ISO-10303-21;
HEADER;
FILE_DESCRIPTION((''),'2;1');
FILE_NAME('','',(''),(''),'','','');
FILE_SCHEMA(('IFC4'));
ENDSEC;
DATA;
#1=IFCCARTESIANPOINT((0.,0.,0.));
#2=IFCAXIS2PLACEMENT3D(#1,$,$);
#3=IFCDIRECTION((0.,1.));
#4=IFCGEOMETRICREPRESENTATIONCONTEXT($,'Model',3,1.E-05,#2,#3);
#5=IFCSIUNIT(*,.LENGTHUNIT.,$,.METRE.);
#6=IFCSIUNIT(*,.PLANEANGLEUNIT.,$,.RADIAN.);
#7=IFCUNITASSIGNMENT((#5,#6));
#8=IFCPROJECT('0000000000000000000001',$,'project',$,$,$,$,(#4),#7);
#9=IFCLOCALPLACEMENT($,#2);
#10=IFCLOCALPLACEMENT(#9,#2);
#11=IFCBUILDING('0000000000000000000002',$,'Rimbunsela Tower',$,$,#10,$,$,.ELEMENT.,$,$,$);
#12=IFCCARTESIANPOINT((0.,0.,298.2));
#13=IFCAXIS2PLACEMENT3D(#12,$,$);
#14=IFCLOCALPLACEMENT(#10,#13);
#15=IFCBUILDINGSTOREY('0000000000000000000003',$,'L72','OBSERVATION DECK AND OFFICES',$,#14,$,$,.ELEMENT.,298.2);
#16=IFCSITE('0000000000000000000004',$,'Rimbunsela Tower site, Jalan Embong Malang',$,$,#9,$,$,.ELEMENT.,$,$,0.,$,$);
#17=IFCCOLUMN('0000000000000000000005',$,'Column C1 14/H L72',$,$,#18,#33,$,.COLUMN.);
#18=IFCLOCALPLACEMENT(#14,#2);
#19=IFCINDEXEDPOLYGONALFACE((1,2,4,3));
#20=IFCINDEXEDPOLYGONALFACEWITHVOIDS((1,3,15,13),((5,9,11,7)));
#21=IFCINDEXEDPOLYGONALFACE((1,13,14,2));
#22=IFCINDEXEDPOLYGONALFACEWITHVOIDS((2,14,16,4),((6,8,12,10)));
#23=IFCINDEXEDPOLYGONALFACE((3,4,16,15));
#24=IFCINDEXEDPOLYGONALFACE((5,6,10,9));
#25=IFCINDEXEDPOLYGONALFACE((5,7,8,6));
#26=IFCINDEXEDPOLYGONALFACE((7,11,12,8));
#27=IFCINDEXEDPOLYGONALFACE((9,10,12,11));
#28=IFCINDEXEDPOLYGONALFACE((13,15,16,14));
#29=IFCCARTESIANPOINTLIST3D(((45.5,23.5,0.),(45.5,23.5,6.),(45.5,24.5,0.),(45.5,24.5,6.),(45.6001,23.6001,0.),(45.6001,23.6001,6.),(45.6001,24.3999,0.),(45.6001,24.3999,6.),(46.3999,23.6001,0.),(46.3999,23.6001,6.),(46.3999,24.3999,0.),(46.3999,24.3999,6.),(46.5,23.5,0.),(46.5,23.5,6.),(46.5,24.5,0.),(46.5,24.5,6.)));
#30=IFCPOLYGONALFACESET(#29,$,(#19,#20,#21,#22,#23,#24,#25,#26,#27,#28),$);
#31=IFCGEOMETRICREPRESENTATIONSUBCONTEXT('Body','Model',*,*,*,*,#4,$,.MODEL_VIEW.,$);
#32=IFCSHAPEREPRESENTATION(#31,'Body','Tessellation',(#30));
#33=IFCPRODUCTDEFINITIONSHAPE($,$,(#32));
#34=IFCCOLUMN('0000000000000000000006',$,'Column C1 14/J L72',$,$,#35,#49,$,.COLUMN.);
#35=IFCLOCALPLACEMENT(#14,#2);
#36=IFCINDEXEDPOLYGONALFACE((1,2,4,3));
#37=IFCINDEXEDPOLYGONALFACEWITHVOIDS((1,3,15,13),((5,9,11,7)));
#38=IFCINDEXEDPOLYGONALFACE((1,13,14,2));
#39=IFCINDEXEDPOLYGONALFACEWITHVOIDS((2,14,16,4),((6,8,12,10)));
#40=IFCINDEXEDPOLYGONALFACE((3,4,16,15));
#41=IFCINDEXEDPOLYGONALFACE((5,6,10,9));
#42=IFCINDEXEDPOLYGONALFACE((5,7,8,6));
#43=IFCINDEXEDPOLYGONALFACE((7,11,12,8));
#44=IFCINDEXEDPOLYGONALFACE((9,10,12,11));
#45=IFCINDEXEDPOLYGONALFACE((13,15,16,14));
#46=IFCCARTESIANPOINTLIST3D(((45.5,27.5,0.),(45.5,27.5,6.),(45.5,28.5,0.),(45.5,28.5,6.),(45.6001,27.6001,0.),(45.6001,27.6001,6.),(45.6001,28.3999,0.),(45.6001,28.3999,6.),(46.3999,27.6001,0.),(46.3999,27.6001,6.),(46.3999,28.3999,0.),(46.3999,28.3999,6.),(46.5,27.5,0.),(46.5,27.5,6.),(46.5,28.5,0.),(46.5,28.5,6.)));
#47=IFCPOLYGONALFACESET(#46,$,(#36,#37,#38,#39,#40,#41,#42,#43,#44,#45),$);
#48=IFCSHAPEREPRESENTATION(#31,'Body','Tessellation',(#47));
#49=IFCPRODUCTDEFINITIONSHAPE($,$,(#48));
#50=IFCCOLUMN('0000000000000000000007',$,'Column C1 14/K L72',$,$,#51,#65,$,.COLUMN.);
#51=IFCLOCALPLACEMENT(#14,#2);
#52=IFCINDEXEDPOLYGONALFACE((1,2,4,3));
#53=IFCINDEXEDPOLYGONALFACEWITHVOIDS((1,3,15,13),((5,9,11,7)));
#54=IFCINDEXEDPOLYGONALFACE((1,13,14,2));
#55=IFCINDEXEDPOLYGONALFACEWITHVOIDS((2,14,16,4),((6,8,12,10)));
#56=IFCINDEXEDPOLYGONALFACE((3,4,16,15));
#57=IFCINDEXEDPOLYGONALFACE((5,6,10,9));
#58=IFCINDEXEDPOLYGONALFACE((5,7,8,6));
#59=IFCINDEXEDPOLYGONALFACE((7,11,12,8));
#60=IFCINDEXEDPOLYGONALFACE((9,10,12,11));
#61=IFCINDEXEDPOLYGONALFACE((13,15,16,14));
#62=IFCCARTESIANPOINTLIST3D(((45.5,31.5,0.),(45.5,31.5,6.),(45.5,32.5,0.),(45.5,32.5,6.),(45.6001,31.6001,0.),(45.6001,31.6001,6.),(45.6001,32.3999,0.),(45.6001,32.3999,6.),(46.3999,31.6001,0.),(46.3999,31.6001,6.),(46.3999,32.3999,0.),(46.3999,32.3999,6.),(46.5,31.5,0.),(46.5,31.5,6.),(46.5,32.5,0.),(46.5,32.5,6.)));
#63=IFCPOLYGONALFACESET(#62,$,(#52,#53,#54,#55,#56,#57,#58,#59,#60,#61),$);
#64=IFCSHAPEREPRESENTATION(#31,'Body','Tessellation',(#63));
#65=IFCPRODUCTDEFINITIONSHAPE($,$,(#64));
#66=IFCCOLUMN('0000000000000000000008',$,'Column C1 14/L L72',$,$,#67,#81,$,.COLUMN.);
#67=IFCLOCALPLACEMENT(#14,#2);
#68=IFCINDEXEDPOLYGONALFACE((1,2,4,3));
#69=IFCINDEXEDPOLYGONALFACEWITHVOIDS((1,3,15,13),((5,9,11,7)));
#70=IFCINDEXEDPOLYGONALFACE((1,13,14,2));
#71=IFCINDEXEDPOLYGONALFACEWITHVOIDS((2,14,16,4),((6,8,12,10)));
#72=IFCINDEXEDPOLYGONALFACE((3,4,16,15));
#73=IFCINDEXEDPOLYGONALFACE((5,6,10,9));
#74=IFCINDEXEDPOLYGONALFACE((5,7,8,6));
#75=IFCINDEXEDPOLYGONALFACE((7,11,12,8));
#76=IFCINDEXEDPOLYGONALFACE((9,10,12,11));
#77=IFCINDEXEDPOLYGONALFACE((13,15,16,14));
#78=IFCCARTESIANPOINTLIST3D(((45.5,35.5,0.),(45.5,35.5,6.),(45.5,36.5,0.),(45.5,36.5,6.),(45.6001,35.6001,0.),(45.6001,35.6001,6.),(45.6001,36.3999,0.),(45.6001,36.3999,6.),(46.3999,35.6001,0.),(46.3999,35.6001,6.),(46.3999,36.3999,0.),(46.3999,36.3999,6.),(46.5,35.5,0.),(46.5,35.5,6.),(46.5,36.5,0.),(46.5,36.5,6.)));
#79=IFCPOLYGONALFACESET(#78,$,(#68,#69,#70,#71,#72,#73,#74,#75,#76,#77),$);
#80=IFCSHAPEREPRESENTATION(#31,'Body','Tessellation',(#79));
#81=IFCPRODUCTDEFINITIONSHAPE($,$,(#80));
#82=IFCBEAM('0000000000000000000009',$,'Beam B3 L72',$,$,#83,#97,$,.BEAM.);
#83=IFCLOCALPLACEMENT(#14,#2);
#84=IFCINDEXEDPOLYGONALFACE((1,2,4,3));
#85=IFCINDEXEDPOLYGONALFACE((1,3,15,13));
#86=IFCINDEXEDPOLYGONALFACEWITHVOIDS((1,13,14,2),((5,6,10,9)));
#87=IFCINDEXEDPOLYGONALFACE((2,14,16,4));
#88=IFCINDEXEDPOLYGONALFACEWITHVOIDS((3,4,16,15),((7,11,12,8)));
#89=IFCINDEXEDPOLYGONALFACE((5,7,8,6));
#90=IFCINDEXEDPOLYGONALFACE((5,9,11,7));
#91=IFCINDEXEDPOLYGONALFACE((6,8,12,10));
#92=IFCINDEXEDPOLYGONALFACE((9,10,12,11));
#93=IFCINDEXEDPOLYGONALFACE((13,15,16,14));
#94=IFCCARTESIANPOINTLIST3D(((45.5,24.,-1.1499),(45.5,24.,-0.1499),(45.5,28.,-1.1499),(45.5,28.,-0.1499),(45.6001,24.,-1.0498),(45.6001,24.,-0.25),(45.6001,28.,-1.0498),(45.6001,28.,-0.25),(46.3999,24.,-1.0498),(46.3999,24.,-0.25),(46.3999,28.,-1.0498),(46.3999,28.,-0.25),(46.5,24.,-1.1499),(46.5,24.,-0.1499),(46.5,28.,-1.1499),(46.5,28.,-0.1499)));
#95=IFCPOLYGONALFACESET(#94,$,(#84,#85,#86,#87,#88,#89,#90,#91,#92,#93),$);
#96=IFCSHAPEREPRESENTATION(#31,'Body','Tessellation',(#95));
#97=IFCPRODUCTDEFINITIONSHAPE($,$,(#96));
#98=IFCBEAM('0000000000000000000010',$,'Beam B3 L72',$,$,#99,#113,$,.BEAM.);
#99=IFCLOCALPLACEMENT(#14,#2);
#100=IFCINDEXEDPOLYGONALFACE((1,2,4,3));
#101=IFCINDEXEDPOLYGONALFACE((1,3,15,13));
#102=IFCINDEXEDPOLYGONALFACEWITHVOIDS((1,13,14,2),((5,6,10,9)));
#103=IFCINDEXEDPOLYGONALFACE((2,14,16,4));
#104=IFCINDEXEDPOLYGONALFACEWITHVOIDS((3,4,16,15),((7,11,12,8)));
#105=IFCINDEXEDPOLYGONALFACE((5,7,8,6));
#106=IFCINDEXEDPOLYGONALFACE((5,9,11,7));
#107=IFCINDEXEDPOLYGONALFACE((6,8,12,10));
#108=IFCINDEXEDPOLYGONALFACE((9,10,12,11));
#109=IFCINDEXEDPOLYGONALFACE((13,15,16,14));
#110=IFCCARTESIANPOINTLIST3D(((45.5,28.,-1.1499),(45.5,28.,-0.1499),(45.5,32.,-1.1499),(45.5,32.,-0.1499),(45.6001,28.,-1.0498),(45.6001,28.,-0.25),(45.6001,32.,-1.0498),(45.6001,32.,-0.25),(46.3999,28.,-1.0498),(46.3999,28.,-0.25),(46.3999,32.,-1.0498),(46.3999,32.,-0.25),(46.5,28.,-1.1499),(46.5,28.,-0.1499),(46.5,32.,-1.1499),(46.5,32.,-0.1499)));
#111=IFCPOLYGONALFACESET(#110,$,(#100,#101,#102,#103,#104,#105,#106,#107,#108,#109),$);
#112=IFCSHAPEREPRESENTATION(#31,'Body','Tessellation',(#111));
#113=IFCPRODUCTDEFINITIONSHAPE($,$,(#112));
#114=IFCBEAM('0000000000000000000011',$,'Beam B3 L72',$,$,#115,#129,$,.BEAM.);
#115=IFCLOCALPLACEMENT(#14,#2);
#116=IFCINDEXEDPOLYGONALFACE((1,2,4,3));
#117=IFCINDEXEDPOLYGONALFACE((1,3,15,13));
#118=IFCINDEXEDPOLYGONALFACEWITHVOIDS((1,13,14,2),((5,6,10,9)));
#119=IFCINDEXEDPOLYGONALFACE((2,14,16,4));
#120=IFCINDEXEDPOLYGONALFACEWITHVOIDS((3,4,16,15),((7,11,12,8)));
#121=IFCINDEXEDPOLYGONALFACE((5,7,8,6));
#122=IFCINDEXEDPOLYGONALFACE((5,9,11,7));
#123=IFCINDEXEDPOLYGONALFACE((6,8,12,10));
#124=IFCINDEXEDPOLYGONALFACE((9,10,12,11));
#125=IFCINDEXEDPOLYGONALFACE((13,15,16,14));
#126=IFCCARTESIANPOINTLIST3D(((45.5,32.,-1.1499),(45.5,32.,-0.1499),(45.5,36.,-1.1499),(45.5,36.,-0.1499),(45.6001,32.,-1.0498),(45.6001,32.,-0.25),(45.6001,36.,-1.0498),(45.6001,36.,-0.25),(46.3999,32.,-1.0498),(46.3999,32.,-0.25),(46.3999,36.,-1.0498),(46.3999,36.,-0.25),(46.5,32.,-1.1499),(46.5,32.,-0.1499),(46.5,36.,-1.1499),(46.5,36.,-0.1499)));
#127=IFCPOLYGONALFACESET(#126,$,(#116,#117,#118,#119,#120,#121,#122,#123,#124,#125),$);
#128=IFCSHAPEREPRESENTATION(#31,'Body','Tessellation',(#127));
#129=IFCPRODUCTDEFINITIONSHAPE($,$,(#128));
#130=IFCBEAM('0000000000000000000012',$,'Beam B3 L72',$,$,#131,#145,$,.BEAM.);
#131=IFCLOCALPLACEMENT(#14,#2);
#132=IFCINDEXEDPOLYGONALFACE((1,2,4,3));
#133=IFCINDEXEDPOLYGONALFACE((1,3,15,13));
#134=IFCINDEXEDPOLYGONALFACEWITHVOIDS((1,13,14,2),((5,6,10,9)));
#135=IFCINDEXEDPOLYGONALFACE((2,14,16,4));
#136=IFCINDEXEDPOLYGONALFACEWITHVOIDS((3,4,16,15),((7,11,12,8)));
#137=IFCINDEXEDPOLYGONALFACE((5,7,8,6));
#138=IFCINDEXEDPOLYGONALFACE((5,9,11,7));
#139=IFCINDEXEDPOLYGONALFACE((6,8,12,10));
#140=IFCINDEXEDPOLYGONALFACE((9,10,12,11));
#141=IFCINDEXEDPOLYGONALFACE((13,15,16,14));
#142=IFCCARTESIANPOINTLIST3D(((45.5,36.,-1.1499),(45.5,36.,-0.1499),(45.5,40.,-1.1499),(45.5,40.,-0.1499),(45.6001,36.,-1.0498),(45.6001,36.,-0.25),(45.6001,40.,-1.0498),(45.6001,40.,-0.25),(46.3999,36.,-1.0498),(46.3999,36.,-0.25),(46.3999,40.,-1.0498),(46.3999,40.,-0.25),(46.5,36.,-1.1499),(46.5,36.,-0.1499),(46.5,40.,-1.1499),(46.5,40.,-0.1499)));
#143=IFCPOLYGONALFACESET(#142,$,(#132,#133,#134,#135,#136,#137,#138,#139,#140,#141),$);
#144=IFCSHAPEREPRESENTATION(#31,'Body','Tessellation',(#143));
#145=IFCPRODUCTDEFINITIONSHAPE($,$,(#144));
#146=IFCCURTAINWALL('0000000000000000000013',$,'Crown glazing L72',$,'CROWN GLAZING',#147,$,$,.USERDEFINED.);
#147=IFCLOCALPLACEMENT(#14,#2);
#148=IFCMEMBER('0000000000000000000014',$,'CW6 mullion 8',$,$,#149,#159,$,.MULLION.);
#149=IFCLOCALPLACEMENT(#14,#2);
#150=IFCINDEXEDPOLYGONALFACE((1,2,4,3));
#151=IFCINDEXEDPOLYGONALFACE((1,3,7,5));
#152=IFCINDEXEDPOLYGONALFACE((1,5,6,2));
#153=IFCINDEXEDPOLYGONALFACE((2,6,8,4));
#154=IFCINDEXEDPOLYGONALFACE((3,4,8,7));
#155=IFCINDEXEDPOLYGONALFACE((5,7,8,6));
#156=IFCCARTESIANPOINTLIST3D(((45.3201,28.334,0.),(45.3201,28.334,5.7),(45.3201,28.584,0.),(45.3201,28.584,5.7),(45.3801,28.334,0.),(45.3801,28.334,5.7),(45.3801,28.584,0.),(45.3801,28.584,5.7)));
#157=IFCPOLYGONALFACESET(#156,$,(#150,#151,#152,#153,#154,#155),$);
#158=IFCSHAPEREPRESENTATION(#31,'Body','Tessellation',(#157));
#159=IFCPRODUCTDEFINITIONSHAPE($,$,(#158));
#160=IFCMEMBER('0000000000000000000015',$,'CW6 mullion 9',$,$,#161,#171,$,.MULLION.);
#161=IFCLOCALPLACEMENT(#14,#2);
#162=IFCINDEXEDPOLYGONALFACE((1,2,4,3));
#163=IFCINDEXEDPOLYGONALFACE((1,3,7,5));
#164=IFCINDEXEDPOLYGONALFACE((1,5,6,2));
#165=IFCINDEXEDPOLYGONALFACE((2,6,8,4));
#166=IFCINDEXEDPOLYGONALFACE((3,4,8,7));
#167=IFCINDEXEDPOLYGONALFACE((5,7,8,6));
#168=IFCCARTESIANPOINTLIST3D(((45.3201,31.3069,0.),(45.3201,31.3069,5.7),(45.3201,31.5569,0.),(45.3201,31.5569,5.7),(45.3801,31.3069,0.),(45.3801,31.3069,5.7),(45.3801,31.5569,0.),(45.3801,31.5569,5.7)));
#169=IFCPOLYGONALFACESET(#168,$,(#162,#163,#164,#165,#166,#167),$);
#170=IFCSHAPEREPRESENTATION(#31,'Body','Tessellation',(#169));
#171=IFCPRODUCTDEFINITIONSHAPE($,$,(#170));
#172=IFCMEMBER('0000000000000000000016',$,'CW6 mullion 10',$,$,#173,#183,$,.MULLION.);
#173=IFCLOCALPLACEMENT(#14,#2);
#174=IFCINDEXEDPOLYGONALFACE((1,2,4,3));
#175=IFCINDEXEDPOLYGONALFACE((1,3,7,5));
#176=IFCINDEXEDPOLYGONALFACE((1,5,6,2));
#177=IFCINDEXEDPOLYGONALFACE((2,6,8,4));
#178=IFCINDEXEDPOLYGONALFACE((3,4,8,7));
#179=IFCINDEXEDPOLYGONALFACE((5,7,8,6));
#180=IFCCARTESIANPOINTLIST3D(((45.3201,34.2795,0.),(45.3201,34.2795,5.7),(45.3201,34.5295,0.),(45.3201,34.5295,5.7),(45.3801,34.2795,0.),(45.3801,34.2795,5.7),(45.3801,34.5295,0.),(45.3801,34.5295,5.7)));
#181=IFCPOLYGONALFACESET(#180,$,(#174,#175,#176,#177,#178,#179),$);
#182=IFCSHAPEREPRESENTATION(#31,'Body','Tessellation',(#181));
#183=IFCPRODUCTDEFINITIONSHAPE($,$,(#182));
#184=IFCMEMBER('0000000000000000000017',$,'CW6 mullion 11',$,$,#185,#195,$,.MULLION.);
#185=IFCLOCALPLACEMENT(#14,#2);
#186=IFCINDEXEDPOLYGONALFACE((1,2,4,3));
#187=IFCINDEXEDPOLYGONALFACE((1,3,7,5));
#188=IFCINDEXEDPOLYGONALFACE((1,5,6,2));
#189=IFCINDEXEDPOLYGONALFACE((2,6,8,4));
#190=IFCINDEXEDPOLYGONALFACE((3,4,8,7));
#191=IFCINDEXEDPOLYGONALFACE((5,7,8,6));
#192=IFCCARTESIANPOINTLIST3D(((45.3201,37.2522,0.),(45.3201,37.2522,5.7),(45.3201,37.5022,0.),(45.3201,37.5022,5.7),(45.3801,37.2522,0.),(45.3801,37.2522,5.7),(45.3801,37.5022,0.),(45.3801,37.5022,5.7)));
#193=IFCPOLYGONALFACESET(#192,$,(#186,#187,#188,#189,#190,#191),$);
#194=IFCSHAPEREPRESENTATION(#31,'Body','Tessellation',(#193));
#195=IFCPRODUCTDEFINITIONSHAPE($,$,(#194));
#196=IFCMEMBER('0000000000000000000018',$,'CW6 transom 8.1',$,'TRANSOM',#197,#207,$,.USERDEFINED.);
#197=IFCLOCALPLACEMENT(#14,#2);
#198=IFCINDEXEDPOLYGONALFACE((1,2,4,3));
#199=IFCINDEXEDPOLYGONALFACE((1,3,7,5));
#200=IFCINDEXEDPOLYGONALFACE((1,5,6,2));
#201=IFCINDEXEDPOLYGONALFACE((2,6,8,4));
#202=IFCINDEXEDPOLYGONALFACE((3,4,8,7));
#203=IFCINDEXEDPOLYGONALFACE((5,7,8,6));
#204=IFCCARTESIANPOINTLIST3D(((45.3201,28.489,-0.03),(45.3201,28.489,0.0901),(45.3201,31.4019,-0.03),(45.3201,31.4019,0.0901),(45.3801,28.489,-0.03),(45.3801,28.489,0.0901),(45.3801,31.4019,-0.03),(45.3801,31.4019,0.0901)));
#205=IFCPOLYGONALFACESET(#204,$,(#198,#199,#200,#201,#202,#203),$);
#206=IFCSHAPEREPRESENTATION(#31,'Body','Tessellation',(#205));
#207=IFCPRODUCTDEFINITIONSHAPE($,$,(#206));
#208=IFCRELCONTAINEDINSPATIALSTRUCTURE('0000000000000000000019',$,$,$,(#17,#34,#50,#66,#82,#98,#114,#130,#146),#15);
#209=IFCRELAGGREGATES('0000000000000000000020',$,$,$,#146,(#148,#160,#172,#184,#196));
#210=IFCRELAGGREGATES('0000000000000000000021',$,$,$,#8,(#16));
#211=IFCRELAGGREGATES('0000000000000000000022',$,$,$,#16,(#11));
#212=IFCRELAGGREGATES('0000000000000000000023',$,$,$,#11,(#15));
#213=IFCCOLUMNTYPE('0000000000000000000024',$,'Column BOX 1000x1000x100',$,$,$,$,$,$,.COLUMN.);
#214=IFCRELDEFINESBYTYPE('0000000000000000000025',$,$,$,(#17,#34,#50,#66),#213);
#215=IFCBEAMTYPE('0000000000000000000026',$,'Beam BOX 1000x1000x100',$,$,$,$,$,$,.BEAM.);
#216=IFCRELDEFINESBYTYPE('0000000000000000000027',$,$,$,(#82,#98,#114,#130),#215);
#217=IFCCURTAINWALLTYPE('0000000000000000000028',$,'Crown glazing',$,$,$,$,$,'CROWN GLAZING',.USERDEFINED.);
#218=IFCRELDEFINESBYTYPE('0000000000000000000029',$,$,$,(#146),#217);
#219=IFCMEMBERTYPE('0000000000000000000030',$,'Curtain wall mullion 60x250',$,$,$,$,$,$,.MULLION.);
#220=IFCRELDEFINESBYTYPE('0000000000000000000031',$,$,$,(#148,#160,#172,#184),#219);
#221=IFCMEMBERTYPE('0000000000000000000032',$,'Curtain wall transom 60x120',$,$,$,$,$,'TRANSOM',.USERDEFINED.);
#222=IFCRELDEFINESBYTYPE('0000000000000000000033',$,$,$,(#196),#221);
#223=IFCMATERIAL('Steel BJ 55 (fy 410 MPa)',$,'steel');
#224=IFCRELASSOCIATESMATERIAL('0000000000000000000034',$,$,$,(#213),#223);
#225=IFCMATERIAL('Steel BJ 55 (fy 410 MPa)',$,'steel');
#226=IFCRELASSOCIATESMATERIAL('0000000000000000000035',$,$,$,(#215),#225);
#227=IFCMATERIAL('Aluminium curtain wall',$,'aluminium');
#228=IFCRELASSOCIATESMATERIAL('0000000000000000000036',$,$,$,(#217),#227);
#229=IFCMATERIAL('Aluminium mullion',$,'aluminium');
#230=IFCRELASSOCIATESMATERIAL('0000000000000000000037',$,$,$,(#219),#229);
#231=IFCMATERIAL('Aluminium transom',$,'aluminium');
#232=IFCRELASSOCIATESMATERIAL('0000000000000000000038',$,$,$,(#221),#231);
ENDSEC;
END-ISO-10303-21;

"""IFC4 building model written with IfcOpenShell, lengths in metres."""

from ifc_helpers import new_model, si_unit, direction, frame, origin, origin_2d, place, context, subcontext, project, spatial, rectangle, hollow_rectangle, extrude, material, material_profile, profile_set, type_object, element, aggregate, save


model = new_model("IFC4")

# Units and contexts
model_context = context("Model", 3, precision=1e-05, world=origin(), true_north=direction((0.0, 1.0)))
body_context = subcontext(model_context, "Body", "Model", "MODEL_VIEW")
ifc_project = project(units=[si_unit("LENGTHUNIT", "METRE"), si_unit("PLANEANGLEUNIT", "RADIAN")], contexts=[model_context])

# Site, building, storey
site_placement = place(None, origin())
site = spatial("IfcSite", under=ifc_project, at=site_placement, Name="Rimbunsela Tower site, Jalan Embong Malang", CompositionType="ELEMENT", RefElevation=0.0)
building_placement = place(site_placement, origin())
building = spatial("IfcBuilding", under=site, at=building_placement, Name="Rimbunsela Tower", CompositionType="ELEMENT")
storey_placement = place(building_placement, frame((0.0, 0.0, 298.2)))
storey = spatial("IfcBuildingStorey", under=building, at=storey_placement, Name="L72", Description="OBSERVATION DECK AND OFFICES", CompositionType="ELEMENT", Elevation=298.2)

# Columns
ifc_material_1 = material(Name="Steel BJ 55 (fy 410 MPa)", Category="steel")
ifc_material_profile_1 = material_profile(ifc_material_1, hollow_rectangle(XDim=1.0, YDim=1.0, WallThickness=0.1001, at=origin_2d()), Name="BOX 1000x1000x100")
ifc_profile_set_1 = profile_set([ifc_material_profile_1], Name="Steel BJ 55 (fy 410 MPa)")
column_type = type_object("IfcColumnType", Name="Column BOX 1000x1000x100", PredefinedType="COLUMN", material=ifc_profile_set_1)
for number, where, z_axis, x_axis, name in (
    (1, (46.0, 24.0, 0.0), (0.0, 0.0, 1.0), (1.0, 0.0, 0.0), "Column C1 14/H L72"),
    (2, (46.0, 28.0, 0.0), (0.0, 0.0, 1.0), (1.0, 0.0, 0.0), "Column C1 14/J L72"),
    (3, (46.0, 32.0, 0.0), (0.0, 0.0, 1.0), (1.0, 0.0, 0.0), "Column C1 14/K L72"),
    (4, (46.0, 36.0, 0.0), (0.0, 0.0, 1.0), (1.0, 0.0, 0.0), "Column C1 14/L L72"),
):
    element("IfcColumn", number, at=place(storey_placement, frame(where, z_axis=z_axis, x_axis=x_axis)), inside=storey, type_object=column_type, Name=name, PredefinedType="COLUMN", context=body_context, shape_type="SweptSolid", body=[
        extrude(hollow_rectangle(XDim=1.0, YDim=1.0, WallThickness=0.1001, at=origin_2d()), origin(), (0.0, 0.0, 1.0), 6.0),
    ])

# Beams
ifc_material_2 = material(Name="Steel BJ 55 (fy 410 MPa)", Category="steel")
ifc_material_profile_2 = material_profile(ifc_material_2, hollow_rectangle(XDim=1.0, YDim=1.0, WallThickness=0.1001, at=origin_2d()), Name="BOX 1000x1000x100")
ifc_profile_set_2 = profile_set([ifc_material_profile_2], Name="Steel BJ 55 (fy 410 MPa)")
beam_type = type_object("IfcBeamType", Name="Beam BOX 1000x1000x100", PredefinedType="BEAM", material=ifc_profile_set_2)
for number, where, z_axis, x_axis, name in (
    (5, (46.0, 24.0, -0.6499), (0.0, 1.0, 0.0), (-1.0, 0.0, 0.0), "Beam B3 L72"),
    (6, (46.0, 28.0, -0.6499), (0.0, 1.0, 0.0), (-1.0, 0.0, 0.0), "Beam B3 L72"),
    (7, (46.0, 32.0, -0.6499), (0.0, 1.0, 0.0), (-1.0, 0.0, 0.0), "Beam B3 L72"),
    (8, (46.0, 36.0, -0.6499), (0.0, 1.0, 0.0), (-1.0, 0.0, 0.0), "Beam B3 L72"),
):
    element("IfcBeam", number, at=place(storey_placement, frame(where, z_axis=z_axis, x_axis=x_axis)), inside=storey, type_object=beam_type, Name=name, PredefinedType="BEAM", context=body_context, shape_type="SweptSolid", body=[
        extrude(hollow_rectangle(XDim=1.0, YDim=1.0, WallThickness=0.1001, at=origin_2d()), origin(), (0.0, 0.0, 1.0), 4.0),
    ])

# Curtain wall, members
ifc_material_3 = material(Name="Aluminium curtain wall", Category="aluminium")
curtain_wall_type = type_object("IfcCurtainWallType", Name="Crown glazing", ElementType="CROWN GLAZING", PredefinedType="USERDEFINED", material=ifc_material_3)
curtain_wall_placement = place(storey_placement, origin())
curtain_wall = element("IfcCurtainWall", 9, at=curtain_wall_placement, inside=storey, type_object=curtain_wall_type, Name="Crown glazing L72", ObjectType="CROWN GLAZING", PredefinedType="USERDEFINED")
ifc_material_4 = material(Name="Aluminium mullion", Category="aluminium")
ifc_material_profile_3 = material_profile(ifc_material_4, rectangle(XDim=0.0601, YDim=0.25, at=origin_2d()), Name="Mullion 60x250")
ifc_profile_set_3 = profile_set([ifc_material_profile_3], Name="Aluminium mullion")
member_type_1 = type_object("IfcMemberType", Name="Curtain wall mullion 60x250", PredefinedType="MULLION", material=ifc_profile_set_3)
member_1_placement = place(storey_placement, frame((45.3501, 28.459, 0.0), z_axis=(0.0, 0.0, 1.0), x_axis=(-1.0, 0.0, 0.0)))
member_1 = element("IfcMember", 10, at=member_1_placement, type_object=member_type_1, Name="CW6 mullion 8", PredefinedType="MULLION", context=body_context, shape_type="SweptSolid", body=[
    extrude(rectangle(XDim=0.0601, YDim=0.25, at=origin_2d()), origin(), (0.0, 0.0, 1.0), 5.7),
])
member_2_placement = place(storey_placement, frame((45.3501, 31.4319, 0.0), z_axis=(0.0, 0.0, 1.0), x_axis=(-1.0, 0.0, 0.0)))
member_2 = element("IfcMember", 11, at=member_2_placement, type_object=member_type_1, Name="CW6 mullion 9", PredefinedType="MULLION", context=body_context, shape_type="SweptSolid", body=[
    extrude(rectangle(XDim=0.0601, YDim=0.25, at=origin_2d()), origin(), (0.0, 0.0, 1.0), 5.7),
])
member_3_placement = place(storey_placement, frame((45.3501, 34.4045, 0.0), z_axis=(0.0, 0.0, 1.0), x_axis=(-1.0, 0.0, 0.0)))
member_3 = element("IfcMember", 12, at=member_3_placement, type_object=member_type_1, Name="CW6 mullion 10", PredefinedType="MULLION", context=body_context, shape_type="SweptSolid", body=[
    extrude(rectangle(XDim=0.0601, YDim=0.25, at=origin_2d()), origin(), (0.0, 0.0, 1.0), 5.7),
])
member_4_placement = place(storey_placement, frame((45.3501, 37.3772, 0.0), z_axis=(0.0, 0.0, 1.0), x_axis=(-1.0, 0.0, 0.0)))
member_4 = element("IfcMember", 13, at=member_4_placement, type_object=member_type_1, Name="CW6 mullion 11", PredefinedType="MULLION", context=body_context, shape_type="SweptSolid", body=[
    extrude(rectangle(XDim=0.0601, YDim=0.25, at=origin_2d()), origin(), (0.0, 0.0, 1.0), 5.7),
])
ifc_material_5 = material(Name="Aluminium transom", Category="aluminium")
ifc_material_profile_4 = material_profile(ifc_material_5, rectangle(XDim=0.0601, YDim=0.1201, at=origin_2d()), Name="Transom 60x120")
ifc_profile_set_4 = profile_set([ifc_material_profile_4], Name="Aluminium transom")
member_type_2 = type_object("IfcMemberType", Name="Curtain wall transom 60x120", ElementType="TRANSOM", PredefinedType="USERDEFINED", material=ifc_profile_set_4)
member_5_placement = place(storey_placement, frame((45.3501, 28.489, 0.03), z_axis=(0.0, 1.0, 0.0), x_axis=(-1.0, 0.0, 0.0)))
member_5 = element("IfcMember", 14, at=member_5_placement, type_object=member_type_2, Name="CW6 transom 8.1", ObjectType="TRANSOM", PredefinedType="USERDEFINED", context=body_context, shape_type="SweptSolid", body=[
    extrude(rectangle(XDim=0.0601, YDim=0.1201, at=origin_2d()), origin(), (0.0, 0.0, 1.0), 2.9128),
])
aggregate(curtain_wall, [member_1, member_2, member_3, member_4, member_5])

save(model, "model.ifc")
